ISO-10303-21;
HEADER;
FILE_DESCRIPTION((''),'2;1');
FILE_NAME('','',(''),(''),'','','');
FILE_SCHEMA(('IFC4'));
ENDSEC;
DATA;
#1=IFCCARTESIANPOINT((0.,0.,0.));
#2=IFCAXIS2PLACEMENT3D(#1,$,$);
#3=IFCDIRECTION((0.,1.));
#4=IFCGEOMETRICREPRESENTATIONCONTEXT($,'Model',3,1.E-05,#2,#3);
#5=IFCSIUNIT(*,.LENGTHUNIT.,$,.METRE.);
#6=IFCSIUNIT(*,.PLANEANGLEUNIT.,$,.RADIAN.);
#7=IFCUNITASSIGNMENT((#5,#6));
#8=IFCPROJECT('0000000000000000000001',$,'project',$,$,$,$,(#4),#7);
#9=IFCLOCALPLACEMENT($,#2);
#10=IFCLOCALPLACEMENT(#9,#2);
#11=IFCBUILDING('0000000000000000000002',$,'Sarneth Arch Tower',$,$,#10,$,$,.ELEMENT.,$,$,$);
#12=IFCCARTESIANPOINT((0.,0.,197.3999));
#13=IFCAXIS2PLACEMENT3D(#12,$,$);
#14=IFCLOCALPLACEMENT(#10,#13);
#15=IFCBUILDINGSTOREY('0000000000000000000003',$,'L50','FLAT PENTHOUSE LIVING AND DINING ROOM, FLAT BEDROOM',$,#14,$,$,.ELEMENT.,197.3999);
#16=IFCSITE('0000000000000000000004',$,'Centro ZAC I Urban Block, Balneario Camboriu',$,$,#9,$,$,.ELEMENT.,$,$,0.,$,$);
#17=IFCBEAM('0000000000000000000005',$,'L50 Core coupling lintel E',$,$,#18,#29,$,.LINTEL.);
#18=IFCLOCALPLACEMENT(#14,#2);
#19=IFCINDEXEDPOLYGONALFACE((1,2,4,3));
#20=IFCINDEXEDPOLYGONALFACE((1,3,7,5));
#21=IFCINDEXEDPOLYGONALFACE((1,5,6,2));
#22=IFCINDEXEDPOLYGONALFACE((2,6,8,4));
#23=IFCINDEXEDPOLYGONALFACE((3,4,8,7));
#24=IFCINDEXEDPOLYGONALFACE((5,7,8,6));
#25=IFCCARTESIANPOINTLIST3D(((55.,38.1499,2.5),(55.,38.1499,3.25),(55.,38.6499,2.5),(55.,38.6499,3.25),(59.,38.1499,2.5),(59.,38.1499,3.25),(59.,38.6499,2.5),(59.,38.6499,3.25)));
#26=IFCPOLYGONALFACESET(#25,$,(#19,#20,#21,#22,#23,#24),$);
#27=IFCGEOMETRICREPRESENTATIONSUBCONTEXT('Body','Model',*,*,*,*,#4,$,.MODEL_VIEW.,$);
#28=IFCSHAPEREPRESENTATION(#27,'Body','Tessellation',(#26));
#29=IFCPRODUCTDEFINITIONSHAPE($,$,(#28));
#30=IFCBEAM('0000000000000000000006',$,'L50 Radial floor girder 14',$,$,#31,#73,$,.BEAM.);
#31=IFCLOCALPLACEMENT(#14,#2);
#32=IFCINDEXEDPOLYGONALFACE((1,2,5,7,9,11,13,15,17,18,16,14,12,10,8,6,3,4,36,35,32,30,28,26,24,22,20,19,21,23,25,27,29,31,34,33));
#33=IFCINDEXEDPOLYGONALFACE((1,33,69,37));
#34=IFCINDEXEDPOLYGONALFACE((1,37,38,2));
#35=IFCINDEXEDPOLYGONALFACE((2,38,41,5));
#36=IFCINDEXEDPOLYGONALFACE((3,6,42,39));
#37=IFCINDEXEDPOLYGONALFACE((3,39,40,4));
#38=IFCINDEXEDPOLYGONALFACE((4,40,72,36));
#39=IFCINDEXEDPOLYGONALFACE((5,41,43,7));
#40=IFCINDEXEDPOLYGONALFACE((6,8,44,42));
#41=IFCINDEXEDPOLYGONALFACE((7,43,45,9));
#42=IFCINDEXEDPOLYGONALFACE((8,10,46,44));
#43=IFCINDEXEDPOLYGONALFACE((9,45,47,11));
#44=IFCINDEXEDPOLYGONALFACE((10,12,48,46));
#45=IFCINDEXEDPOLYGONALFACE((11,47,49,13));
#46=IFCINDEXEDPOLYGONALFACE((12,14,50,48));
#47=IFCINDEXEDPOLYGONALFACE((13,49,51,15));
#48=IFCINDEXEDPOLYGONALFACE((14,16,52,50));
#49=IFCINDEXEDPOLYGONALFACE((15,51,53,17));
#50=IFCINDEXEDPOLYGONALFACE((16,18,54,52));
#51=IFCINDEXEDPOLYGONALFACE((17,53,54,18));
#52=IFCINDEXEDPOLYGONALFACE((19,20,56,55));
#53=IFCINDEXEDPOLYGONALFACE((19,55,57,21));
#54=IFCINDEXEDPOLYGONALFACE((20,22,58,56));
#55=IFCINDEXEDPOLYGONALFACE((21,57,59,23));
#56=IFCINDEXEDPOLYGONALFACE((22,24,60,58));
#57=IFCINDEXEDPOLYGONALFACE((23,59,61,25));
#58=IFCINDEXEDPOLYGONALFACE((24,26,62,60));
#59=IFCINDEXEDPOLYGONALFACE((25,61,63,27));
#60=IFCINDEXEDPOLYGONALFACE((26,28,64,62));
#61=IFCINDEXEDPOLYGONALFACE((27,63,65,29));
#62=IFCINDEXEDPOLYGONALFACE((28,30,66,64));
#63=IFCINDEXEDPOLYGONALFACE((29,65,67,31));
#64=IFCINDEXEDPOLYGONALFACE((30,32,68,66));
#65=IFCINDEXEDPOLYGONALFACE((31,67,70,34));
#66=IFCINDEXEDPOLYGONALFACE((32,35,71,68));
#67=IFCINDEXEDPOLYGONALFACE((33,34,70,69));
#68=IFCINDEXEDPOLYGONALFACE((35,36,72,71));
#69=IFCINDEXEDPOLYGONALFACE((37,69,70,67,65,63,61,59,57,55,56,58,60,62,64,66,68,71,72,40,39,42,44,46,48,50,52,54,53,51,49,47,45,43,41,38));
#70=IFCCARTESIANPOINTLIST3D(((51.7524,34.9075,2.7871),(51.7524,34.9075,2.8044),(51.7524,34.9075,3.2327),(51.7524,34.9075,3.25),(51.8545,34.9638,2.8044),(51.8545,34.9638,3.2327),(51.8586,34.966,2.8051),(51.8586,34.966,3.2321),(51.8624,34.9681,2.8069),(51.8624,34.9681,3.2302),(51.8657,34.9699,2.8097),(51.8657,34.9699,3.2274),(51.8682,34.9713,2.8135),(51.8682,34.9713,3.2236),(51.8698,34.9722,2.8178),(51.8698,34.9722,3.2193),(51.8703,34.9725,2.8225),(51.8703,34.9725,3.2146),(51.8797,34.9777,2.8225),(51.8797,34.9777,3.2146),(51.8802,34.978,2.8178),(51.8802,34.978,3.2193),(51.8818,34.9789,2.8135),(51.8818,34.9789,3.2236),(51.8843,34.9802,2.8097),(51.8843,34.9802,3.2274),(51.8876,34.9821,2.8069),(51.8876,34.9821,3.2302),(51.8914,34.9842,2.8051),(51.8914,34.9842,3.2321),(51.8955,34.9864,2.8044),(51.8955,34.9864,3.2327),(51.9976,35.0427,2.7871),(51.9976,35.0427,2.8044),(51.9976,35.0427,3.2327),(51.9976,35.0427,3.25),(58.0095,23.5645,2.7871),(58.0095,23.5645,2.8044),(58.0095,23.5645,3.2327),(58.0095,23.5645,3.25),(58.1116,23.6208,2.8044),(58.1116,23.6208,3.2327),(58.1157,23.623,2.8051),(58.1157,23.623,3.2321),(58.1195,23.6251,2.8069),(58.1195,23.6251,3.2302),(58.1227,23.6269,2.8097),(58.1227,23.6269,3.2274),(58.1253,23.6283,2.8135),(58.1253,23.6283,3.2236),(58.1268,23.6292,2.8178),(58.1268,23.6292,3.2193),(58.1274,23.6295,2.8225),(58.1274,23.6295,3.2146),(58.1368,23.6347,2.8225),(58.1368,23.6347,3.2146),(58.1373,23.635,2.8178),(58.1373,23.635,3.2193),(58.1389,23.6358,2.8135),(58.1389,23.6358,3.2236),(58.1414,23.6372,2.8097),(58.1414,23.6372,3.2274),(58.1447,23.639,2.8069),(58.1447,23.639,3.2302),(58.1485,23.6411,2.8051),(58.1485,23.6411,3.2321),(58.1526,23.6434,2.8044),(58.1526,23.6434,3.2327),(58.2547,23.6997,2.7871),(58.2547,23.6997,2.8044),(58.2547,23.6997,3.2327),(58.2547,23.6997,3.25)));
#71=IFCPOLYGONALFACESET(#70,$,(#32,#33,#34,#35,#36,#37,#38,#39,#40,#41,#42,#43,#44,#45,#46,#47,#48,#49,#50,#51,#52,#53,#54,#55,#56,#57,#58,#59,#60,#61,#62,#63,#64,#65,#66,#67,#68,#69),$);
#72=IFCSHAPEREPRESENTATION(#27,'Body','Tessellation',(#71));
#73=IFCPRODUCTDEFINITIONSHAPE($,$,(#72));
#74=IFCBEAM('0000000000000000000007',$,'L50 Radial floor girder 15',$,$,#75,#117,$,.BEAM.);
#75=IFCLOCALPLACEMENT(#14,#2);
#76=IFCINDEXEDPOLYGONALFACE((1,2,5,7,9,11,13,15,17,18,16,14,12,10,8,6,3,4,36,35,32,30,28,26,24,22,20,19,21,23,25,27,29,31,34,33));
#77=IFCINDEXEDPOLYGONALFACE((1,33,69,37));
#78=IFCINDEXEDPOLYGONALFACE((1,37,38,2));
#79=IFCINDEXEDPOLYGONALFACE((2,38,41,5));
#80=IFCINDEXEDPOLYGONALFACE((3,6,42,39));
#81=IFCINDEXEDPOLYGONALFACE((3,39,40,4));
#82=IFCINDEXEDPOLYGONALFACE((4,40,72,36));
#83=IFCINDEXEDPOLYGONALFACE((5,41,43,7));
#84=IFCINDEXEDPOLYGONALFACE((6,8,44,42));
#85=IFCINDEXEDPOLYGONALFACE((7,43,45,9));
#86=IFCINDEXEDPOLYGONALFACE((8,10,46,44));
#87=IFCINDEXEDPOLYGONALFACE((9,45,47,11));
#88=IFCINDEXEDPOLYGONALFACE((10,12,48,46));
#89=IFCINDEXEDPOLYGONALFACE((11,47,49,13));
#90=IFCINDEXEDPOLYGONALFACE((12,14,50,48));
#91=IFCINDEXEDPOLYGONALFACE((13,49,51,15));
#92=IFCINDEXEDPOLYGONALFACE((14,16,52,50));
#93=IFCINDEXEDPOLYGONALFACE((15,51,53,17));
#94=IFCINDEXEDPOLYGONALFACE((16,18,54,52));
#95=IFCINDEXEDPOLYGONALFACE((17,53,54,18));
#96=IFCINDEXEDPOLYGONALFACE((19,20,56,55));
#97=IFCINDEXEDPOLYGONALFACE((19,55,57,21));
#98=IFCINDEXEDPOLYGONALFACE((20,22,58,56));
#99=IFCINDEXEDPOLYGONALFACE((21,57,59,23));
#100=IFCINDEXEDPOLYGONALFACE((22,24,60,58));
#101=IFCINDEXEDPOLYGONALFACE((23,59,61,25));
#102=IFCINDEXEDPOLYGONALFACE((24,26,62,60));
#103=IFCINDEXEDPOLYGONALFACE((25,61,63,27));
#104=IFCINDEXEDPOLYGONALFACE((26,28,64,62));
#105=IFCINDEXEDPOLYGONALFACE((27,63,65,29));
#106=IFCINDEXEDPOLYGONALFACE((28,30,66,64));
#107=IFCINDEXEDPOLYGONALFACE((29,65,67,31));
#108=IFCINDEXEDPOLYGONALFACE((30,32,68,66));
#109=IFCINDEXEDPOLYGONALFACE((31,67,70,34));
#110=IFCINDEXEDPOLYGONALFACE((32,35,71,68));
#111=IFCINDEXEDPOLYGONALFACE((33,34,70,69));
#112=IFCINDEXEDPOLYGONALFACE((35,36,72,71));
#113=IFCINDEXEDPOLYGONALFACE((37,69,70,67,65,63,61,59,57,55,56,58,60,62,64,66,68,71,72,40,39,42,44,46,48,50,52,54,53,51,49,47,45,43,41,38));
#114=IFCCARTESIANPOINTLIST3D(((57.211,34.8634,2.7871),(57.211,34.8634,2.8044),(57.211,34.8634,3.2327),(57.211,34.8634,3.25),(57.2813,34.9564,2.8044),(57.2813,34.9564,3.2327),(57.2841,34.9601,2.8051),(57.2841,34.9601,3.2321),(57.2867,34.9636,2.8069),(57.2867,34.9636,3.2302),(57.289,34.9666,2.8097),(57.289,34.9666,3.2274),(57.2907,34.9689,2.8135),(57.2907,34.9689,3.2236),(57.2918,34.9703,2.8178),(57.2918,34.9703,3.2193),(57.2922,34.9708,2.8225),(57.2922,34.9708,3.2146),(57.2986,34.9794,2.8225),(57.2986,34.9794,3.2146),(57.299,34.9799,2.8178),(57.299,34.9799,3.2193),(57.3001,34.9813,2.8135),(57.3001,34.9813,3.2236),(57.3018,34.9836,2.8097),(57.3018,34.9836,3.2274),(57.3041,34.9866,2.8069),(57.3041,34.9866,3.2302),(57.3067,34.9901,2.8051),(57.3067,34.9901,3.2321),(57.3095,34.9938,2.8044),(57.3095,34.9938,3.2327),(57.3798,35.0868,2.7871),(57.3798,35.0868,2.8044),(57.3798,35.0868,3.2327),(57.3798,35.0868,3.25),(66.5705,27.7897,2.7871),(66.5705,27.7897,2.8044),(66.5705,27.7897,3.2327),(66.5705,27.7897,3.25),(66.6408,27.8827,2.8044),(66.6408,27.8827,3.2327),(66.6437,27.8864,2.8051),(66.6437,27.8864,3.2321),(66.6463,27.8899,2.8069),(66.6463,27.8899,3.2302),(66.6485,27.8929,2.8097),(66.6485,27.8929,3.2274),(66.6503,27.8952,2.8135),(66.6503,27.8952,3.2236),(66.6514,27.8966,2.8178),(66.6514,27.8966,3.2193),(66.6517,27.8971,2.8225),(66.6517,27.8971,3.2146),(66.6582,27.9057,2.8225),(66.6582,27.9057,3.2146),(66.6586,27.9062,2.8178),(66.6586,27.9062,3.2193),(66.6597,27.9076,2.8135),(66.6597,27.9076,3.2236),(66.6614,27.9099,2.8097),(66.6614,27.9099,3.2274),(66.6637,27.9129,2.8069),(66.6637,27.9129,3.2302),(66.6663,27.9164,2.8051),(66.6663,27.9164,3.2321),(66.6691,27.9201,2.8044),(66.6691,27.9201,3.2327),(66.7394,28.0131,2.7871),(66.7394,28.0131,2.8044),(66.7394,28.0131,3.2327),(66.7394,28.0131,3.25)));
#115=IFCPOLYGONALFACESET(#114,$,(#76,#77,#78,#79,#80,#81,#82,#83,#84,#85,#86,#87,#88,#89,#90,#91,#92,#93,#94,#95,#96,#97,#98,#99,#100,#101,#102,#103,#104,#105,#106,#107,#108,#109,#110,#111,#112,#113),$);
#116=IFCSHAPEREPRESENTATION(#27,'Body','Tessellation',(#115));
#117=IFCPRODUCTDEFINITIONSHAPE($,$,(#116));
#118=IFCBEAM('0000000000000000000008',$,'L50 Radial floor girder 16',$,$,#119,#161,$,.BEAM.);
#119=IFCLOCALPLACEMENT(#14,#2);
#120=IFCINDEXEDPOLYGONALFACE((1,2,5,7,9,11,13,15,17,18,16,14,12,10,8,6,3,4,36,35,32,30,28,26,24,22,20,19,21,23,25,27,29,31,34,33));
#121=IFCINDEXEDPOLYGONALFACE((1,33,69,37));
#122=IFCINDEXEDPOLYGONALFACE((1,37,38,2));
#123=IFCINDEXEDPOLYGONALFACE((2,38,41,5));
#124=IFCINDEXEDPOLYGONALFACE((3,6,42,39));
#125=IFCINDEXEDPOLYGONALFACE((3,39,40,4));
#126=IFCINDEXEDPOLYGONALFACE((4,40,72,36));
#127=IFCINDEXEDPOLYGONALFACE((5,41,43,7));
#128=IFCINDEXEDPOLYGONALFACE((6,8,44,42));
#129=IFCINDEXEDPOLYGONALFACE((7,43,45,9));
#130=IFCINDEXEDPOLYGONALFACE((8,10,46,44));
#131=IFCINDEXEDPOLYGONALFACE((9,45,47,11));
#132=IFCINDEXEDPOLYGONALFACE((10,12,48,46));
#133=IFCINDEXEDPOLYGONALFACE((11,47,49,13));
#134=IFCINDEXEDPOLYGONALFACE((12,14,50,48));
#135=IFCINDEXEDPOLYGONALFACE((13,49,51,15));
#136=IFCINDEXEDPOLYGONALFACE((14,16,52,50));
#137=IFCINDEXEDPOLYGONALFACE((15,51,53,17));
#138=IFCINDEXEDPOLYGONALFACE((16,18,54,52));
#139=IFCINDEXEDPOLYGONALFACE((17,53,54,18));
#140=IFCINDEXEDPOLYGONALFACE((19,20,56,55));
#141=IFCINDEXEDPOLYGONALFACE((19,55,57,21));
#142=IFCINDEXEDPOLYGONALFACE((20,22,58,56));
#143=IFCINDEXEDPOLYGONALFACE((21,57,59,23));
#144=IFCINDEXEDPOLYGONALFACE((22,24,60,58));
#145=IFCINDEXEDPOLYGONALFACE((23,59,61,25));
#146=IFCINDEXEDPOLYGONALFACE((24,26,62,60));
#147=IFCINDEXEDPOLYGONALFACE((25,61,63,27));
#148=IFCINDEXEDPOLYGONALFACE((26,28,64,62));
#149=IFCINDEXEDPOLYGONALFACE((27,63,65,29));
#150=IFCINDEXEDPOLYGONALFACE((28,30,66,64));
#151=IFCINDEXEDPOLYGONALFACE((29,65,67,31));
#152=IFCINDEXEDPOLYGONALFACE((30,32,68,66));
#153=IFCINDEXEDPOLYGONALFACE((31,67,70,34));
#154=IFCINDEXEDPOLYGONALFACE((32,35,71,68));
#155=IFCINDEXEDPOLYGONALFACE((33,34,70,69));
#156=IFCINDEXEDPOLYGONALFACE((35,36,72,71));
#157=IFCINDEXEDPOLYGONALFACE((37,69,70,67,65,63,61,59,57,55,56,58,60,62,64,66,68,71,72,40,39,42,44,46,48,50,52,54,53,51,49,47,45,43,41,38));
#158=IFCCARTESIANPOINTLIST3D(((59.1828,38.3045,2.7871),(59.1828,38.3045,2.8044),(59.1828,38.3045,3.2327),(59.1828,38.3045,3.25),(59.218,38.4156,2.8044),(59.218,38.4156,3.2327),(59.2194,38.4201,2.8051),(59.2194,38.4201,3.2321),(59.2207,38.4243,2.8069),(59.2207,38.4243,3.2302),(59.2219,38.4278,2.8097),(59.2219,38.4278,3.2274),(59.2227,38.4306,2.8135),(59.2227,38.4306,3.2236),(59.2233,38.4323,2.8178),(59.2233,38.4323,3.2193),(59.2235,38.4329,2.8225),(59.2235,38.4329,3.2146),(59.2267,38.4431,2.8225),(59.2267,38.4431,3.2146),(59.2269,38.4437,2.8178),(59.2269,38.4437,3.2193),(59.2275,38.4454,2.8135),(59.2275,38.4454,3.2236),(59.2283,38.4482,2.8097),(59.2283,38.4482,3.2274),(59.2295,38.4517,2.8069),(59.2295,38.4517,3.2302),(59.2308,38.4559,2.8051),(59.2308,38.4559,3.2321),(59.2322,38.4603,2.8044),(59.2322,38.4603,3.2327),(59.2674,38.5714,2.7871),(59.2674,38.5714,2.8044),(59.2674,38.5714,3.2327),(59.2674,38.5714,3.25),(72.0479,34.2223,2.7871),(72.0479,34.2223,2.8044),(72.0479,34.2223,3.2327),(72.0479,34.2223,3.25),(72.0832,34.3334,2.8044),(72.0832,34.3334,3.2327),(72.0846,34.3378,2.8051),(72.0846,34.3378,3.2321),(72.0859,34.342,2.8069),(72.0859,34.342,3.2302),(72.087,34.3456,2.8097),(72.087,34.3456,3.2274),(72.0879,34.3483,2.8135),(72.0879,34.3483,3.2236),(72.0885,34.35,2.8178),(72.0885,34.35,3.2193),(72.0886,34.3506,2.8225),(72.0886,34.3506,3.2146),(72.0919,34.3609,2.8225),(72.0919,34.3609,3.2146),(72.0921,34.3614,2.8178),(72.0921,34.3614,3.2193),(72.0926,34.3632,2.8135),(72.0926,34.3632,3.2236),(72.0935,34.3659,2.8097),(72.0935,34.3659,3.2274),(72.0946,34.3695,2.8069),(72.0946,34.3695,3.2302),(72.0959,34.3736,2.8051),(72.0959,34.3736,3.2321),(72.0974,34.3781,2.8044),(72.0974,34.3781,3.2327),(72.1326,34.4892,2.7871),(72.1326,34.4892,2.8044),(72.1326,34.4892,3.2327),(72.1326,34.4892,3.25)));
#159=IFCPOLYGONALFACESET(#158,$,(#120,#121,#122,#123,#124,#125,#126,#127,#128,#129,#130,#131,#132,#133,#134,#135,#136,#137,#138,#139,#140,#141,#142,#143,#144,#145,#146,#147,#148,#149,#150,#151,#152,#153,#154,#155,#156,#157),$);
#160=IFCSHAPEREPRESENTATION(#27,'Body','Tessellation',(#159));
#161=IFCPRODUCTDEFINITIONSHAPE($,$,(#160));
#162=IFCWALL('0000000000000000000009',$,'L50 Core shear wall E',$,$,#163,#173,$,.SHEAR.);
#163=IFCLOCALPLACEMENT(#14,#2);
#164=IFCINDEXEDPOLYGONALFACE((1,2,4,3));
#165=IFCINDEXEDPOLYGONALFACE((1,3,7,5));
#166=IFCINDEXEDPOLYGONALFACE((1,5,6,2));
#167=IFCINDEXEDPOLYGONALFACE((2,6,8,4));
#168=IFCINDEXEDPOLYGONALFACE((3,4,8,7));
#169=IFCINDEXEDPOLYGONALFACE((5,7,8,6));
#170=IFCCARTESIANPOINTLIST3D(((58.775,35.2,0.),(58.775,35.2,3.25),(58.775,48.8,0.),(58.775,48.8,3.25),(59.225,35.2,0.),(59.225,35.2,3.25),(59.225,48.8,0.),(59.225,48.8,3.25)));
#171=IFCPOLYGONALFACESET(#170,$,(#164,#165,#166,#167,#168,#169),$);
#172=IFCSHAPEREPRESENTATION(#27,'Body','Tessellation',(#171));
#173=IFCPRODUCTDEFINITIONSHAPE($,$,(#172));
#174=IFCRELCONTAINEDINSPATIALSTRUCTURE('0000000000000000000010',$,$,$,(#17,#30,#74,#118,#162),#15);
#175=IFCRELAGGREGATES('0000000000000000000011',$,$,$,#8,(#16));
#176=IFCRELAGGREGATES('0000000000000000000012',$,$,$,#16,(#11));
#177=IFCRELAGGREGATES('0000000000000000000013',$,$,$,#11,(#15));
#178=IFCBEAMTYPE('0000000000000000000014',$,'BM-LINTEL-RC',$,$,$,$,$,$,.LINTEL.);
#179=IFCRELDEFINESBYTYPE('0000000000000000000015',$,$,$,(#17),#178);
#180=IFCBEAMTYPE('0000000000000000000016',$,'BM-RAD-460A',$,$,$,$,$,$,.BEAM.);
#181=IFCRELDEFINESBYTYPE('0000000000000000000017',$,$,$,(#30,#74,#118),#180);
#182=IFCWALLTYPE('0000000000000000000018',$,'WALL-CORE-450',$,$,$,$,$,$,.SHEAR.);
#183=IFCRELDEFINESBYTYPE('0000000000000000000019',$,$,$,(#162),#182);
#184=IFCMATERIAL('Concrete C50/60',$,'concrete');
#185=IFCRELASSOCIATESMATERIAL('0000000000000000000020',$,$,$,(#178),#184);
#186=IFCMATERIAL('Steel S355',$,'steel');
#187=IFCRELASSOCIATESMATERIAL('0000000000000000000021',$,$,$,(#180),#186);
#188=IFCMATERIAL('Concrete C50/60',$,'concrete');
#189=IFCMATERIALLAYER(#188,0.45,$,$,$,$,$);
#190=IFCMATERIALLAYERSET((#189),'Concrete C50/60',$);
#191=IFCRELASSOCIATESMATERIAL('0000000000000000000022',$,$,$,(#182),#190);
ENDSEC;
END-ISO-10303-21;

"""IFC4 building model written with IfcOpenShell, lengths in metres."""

from ifc_helpers import new_model, si_unit, direction, frame, frame_2d, origin, origin_2d, place, context, subcontext, project, spatial, rectangle, i_section, extrude, material, layer, layer_set, material_profile, profile_set, type_object, element, save


model = new_model("IFC4")

# Units and contexts
model_context = context("Model", 3, precision=1e-05, world=origin(), true_north=direction((0.0, 1.0)))
body_context = subcontext(model_context, "Body", "Model", "MODEL_VIEW")
ifc_project = project(units=[si_unit("LENGTHUNIT", "METRE"), si_unit("PLANEANGLEUNIT", "RADIAN")], contexts=[model_context])

# Site, building, storey
site_placement = place(None, origin())
site = spatial("IfcSite", under=ifc_project, at=site_placement, Name="Centro ZAC I Urban Block, Balneario Camboriu", CompositionType="ELEMENT", RefElevation=0.0)
building_placement = place(site_placement, origin())
building = spatial("IfcBuilding", under=site, at=building_placement, Name="Sarneth Arch Tower", CompositionType="ELEMENT")
storey_placement = place(building_placement, frame((0.0, 0.0, 197.3999)))
storey = spatial("IfcBuildingStorey", under=building, at=storey_placement, Name="L50", Description="FLAT PENTHOUSE LIVING AND DINING ROOM, FLAT BEDROOM", CompositionType="ELEMENT", Elevation=197.3999)

# Beams
ifc_material_1 = material(Name="Concrete C50/60", Category="concrete")
ifc_material_profile_1 = material_profile(ifc_material_1, rectangle(XDim=0.5, YDim=0.75, at=origin_2d()), Name="RC-500x750")
ifc_profile_set_1 = profile_set([ifc_material_profile_1], Name="Concrete C50/60")
beam_type_1 = type_object("IfcBeamType", Name="BM-LINTEL-RC", PredefinedType="LINTEL", material=ifc_profile_set_1)
beam_1_placement = place(storey_placement, frame((55.0, 38.3999, 2.875), z_axis=(1.0, 0.0, 0.0), x_axis=(0.0, 1.0, 0.0)))
element("IfcBeam", 1, at=beam_1_placement, inside=storey, type_object=beam_type_1, Name="L50 Core coupling lintel E", PredefinedType="LINTEL", context=body_context, shape_type="SweptSolid", body=[
    extrude(rectangle(XDim=0.5, YDim=0.75, at=origin_2d()), origin(), (0.0, 0.0, 1.0), 4.0),
])
ifc_material_2 = material(Name="Steel S355", Category="steel")
ifc_material_profile_2 = material_profile(ifc_material_2, i_section(OverallWidth=0.28, OverallDepth=0.4629, WebThickness=0.0107, FlangeThickness=0.0173, FilletRadius=0.0181, at=origin_2d()), Name="W460x113")
ifc_profile_set_2 = profile_set([ifc_material_profile_2], Name="Steel S355")
beam_type_2 = type_object("IfcBeamType", Name="BM-RAD-460A", PredefinedType="BEAM", material=ifc_profile_set_2)
beam_2_placement = place(storey_placement, frame((51.875, 34.9751, 3.0186), z_axis=(0.48301, -0.875615, 0.0), x_axis=(0.875615, 0.48301, 0.0)))
element("IfcBeam", 2, at=beam_2_placement, inside=storey, type_object=beam_type_2, Name="L50 Radial floor girder 14", PredefinedType="BEAM", context=body_context, shape_type="SweptSolid", body=[
    extrude(i_section(OverallWidth=0.28, OverallDepth=0.4629, WebThickness=0.0107, FlangeThickness=0.0173, FilletRadius=0.0181, at=origin_2d()), origin(), (0.0, 0.0, 1.0), 12.9543),
])
beam_3_placement = place(storey_placement, frame((57.2954, 34.9751, 3.0186), z_axis=(0.797785, -0.602943, 0.0), x_axis=(0.602943, 0.797785, 0.0)))
element("IfcBeam", 3, at=beam_3_placement, inside=storey, type_object=beam_type_2, Name="L50 Radial floor girder 15", PredefinedType="BEAM", context=body_context, shape_type="SweptSolid", body=[
    extrude(i_section(OverallWidth=0.28, OverallDepth=0.4629, WebThickness=0.0107, FlangeThickness=0.0173, FilletRadius=0.0181, at=origin_2d()), origin(), (0.0, 0.0, 1.0), 11.7319),
])
beam_4_placement = place(storey_placement, frame((59.2251, 38.438, 3.0186), z_axis=(0.953165, -0.302449, 0.0), x_axis=(0.302449, 0.953165, 0.0)))
element("IfcBeam", 4, at=beam_4_placement, inside=storey, type_object=beam_type_2, Name="L50 Radial floor girder 16", PredefinedType="BEAM", context=body_context, shape_type="SweptSolid", body=[
    extrude(i_section(OverallWidth=0.28, OverallDepth=0.4629, WebThickness=0.0107, FlangeThickness=0.0173, FilletRadius=0.0181, at=origin_2d()), origin(), (0.0, 0.0, 1.0), 13.4973),
])

# Shared definitions
ifc_material_3 = material(Name="Concrete C50/60", Category="concrete")
ifc_layer_1 = layer(ifc_material_3, 0.45)
ifc_layer_set_1 = layer_set([ifc_layer_1], Name="Concrete C50/60")
wall_type_1 = type_object("IfcWallType", Name="WALL-CORE-450", PredefinedType="SHEAR", material=ifc_layer_set_1)

# Wall
wall_1_placement = place(storey_placement, frame((59.0, 35.2, 0.0), z_axis=(0.0, 0.0, 1.0), x_axis=(0.0, 1.0, 0.0)))
element("IfcWall", 5, at=wall_1_placement, inside=storey, type_object=wall_type_1, Name="L50 Core shear wall E", PredefinedType="SHEAR", context=body_context, shape_type="SweptSolid", body=[
    extrude(rectangle(XDim=13.6001, YDim=0.45, at=frame_2d((6.8, 0.0))), origin(), (0.0, 0.0, 1.0), 3.25),
])

save(model, "model.ifc")
